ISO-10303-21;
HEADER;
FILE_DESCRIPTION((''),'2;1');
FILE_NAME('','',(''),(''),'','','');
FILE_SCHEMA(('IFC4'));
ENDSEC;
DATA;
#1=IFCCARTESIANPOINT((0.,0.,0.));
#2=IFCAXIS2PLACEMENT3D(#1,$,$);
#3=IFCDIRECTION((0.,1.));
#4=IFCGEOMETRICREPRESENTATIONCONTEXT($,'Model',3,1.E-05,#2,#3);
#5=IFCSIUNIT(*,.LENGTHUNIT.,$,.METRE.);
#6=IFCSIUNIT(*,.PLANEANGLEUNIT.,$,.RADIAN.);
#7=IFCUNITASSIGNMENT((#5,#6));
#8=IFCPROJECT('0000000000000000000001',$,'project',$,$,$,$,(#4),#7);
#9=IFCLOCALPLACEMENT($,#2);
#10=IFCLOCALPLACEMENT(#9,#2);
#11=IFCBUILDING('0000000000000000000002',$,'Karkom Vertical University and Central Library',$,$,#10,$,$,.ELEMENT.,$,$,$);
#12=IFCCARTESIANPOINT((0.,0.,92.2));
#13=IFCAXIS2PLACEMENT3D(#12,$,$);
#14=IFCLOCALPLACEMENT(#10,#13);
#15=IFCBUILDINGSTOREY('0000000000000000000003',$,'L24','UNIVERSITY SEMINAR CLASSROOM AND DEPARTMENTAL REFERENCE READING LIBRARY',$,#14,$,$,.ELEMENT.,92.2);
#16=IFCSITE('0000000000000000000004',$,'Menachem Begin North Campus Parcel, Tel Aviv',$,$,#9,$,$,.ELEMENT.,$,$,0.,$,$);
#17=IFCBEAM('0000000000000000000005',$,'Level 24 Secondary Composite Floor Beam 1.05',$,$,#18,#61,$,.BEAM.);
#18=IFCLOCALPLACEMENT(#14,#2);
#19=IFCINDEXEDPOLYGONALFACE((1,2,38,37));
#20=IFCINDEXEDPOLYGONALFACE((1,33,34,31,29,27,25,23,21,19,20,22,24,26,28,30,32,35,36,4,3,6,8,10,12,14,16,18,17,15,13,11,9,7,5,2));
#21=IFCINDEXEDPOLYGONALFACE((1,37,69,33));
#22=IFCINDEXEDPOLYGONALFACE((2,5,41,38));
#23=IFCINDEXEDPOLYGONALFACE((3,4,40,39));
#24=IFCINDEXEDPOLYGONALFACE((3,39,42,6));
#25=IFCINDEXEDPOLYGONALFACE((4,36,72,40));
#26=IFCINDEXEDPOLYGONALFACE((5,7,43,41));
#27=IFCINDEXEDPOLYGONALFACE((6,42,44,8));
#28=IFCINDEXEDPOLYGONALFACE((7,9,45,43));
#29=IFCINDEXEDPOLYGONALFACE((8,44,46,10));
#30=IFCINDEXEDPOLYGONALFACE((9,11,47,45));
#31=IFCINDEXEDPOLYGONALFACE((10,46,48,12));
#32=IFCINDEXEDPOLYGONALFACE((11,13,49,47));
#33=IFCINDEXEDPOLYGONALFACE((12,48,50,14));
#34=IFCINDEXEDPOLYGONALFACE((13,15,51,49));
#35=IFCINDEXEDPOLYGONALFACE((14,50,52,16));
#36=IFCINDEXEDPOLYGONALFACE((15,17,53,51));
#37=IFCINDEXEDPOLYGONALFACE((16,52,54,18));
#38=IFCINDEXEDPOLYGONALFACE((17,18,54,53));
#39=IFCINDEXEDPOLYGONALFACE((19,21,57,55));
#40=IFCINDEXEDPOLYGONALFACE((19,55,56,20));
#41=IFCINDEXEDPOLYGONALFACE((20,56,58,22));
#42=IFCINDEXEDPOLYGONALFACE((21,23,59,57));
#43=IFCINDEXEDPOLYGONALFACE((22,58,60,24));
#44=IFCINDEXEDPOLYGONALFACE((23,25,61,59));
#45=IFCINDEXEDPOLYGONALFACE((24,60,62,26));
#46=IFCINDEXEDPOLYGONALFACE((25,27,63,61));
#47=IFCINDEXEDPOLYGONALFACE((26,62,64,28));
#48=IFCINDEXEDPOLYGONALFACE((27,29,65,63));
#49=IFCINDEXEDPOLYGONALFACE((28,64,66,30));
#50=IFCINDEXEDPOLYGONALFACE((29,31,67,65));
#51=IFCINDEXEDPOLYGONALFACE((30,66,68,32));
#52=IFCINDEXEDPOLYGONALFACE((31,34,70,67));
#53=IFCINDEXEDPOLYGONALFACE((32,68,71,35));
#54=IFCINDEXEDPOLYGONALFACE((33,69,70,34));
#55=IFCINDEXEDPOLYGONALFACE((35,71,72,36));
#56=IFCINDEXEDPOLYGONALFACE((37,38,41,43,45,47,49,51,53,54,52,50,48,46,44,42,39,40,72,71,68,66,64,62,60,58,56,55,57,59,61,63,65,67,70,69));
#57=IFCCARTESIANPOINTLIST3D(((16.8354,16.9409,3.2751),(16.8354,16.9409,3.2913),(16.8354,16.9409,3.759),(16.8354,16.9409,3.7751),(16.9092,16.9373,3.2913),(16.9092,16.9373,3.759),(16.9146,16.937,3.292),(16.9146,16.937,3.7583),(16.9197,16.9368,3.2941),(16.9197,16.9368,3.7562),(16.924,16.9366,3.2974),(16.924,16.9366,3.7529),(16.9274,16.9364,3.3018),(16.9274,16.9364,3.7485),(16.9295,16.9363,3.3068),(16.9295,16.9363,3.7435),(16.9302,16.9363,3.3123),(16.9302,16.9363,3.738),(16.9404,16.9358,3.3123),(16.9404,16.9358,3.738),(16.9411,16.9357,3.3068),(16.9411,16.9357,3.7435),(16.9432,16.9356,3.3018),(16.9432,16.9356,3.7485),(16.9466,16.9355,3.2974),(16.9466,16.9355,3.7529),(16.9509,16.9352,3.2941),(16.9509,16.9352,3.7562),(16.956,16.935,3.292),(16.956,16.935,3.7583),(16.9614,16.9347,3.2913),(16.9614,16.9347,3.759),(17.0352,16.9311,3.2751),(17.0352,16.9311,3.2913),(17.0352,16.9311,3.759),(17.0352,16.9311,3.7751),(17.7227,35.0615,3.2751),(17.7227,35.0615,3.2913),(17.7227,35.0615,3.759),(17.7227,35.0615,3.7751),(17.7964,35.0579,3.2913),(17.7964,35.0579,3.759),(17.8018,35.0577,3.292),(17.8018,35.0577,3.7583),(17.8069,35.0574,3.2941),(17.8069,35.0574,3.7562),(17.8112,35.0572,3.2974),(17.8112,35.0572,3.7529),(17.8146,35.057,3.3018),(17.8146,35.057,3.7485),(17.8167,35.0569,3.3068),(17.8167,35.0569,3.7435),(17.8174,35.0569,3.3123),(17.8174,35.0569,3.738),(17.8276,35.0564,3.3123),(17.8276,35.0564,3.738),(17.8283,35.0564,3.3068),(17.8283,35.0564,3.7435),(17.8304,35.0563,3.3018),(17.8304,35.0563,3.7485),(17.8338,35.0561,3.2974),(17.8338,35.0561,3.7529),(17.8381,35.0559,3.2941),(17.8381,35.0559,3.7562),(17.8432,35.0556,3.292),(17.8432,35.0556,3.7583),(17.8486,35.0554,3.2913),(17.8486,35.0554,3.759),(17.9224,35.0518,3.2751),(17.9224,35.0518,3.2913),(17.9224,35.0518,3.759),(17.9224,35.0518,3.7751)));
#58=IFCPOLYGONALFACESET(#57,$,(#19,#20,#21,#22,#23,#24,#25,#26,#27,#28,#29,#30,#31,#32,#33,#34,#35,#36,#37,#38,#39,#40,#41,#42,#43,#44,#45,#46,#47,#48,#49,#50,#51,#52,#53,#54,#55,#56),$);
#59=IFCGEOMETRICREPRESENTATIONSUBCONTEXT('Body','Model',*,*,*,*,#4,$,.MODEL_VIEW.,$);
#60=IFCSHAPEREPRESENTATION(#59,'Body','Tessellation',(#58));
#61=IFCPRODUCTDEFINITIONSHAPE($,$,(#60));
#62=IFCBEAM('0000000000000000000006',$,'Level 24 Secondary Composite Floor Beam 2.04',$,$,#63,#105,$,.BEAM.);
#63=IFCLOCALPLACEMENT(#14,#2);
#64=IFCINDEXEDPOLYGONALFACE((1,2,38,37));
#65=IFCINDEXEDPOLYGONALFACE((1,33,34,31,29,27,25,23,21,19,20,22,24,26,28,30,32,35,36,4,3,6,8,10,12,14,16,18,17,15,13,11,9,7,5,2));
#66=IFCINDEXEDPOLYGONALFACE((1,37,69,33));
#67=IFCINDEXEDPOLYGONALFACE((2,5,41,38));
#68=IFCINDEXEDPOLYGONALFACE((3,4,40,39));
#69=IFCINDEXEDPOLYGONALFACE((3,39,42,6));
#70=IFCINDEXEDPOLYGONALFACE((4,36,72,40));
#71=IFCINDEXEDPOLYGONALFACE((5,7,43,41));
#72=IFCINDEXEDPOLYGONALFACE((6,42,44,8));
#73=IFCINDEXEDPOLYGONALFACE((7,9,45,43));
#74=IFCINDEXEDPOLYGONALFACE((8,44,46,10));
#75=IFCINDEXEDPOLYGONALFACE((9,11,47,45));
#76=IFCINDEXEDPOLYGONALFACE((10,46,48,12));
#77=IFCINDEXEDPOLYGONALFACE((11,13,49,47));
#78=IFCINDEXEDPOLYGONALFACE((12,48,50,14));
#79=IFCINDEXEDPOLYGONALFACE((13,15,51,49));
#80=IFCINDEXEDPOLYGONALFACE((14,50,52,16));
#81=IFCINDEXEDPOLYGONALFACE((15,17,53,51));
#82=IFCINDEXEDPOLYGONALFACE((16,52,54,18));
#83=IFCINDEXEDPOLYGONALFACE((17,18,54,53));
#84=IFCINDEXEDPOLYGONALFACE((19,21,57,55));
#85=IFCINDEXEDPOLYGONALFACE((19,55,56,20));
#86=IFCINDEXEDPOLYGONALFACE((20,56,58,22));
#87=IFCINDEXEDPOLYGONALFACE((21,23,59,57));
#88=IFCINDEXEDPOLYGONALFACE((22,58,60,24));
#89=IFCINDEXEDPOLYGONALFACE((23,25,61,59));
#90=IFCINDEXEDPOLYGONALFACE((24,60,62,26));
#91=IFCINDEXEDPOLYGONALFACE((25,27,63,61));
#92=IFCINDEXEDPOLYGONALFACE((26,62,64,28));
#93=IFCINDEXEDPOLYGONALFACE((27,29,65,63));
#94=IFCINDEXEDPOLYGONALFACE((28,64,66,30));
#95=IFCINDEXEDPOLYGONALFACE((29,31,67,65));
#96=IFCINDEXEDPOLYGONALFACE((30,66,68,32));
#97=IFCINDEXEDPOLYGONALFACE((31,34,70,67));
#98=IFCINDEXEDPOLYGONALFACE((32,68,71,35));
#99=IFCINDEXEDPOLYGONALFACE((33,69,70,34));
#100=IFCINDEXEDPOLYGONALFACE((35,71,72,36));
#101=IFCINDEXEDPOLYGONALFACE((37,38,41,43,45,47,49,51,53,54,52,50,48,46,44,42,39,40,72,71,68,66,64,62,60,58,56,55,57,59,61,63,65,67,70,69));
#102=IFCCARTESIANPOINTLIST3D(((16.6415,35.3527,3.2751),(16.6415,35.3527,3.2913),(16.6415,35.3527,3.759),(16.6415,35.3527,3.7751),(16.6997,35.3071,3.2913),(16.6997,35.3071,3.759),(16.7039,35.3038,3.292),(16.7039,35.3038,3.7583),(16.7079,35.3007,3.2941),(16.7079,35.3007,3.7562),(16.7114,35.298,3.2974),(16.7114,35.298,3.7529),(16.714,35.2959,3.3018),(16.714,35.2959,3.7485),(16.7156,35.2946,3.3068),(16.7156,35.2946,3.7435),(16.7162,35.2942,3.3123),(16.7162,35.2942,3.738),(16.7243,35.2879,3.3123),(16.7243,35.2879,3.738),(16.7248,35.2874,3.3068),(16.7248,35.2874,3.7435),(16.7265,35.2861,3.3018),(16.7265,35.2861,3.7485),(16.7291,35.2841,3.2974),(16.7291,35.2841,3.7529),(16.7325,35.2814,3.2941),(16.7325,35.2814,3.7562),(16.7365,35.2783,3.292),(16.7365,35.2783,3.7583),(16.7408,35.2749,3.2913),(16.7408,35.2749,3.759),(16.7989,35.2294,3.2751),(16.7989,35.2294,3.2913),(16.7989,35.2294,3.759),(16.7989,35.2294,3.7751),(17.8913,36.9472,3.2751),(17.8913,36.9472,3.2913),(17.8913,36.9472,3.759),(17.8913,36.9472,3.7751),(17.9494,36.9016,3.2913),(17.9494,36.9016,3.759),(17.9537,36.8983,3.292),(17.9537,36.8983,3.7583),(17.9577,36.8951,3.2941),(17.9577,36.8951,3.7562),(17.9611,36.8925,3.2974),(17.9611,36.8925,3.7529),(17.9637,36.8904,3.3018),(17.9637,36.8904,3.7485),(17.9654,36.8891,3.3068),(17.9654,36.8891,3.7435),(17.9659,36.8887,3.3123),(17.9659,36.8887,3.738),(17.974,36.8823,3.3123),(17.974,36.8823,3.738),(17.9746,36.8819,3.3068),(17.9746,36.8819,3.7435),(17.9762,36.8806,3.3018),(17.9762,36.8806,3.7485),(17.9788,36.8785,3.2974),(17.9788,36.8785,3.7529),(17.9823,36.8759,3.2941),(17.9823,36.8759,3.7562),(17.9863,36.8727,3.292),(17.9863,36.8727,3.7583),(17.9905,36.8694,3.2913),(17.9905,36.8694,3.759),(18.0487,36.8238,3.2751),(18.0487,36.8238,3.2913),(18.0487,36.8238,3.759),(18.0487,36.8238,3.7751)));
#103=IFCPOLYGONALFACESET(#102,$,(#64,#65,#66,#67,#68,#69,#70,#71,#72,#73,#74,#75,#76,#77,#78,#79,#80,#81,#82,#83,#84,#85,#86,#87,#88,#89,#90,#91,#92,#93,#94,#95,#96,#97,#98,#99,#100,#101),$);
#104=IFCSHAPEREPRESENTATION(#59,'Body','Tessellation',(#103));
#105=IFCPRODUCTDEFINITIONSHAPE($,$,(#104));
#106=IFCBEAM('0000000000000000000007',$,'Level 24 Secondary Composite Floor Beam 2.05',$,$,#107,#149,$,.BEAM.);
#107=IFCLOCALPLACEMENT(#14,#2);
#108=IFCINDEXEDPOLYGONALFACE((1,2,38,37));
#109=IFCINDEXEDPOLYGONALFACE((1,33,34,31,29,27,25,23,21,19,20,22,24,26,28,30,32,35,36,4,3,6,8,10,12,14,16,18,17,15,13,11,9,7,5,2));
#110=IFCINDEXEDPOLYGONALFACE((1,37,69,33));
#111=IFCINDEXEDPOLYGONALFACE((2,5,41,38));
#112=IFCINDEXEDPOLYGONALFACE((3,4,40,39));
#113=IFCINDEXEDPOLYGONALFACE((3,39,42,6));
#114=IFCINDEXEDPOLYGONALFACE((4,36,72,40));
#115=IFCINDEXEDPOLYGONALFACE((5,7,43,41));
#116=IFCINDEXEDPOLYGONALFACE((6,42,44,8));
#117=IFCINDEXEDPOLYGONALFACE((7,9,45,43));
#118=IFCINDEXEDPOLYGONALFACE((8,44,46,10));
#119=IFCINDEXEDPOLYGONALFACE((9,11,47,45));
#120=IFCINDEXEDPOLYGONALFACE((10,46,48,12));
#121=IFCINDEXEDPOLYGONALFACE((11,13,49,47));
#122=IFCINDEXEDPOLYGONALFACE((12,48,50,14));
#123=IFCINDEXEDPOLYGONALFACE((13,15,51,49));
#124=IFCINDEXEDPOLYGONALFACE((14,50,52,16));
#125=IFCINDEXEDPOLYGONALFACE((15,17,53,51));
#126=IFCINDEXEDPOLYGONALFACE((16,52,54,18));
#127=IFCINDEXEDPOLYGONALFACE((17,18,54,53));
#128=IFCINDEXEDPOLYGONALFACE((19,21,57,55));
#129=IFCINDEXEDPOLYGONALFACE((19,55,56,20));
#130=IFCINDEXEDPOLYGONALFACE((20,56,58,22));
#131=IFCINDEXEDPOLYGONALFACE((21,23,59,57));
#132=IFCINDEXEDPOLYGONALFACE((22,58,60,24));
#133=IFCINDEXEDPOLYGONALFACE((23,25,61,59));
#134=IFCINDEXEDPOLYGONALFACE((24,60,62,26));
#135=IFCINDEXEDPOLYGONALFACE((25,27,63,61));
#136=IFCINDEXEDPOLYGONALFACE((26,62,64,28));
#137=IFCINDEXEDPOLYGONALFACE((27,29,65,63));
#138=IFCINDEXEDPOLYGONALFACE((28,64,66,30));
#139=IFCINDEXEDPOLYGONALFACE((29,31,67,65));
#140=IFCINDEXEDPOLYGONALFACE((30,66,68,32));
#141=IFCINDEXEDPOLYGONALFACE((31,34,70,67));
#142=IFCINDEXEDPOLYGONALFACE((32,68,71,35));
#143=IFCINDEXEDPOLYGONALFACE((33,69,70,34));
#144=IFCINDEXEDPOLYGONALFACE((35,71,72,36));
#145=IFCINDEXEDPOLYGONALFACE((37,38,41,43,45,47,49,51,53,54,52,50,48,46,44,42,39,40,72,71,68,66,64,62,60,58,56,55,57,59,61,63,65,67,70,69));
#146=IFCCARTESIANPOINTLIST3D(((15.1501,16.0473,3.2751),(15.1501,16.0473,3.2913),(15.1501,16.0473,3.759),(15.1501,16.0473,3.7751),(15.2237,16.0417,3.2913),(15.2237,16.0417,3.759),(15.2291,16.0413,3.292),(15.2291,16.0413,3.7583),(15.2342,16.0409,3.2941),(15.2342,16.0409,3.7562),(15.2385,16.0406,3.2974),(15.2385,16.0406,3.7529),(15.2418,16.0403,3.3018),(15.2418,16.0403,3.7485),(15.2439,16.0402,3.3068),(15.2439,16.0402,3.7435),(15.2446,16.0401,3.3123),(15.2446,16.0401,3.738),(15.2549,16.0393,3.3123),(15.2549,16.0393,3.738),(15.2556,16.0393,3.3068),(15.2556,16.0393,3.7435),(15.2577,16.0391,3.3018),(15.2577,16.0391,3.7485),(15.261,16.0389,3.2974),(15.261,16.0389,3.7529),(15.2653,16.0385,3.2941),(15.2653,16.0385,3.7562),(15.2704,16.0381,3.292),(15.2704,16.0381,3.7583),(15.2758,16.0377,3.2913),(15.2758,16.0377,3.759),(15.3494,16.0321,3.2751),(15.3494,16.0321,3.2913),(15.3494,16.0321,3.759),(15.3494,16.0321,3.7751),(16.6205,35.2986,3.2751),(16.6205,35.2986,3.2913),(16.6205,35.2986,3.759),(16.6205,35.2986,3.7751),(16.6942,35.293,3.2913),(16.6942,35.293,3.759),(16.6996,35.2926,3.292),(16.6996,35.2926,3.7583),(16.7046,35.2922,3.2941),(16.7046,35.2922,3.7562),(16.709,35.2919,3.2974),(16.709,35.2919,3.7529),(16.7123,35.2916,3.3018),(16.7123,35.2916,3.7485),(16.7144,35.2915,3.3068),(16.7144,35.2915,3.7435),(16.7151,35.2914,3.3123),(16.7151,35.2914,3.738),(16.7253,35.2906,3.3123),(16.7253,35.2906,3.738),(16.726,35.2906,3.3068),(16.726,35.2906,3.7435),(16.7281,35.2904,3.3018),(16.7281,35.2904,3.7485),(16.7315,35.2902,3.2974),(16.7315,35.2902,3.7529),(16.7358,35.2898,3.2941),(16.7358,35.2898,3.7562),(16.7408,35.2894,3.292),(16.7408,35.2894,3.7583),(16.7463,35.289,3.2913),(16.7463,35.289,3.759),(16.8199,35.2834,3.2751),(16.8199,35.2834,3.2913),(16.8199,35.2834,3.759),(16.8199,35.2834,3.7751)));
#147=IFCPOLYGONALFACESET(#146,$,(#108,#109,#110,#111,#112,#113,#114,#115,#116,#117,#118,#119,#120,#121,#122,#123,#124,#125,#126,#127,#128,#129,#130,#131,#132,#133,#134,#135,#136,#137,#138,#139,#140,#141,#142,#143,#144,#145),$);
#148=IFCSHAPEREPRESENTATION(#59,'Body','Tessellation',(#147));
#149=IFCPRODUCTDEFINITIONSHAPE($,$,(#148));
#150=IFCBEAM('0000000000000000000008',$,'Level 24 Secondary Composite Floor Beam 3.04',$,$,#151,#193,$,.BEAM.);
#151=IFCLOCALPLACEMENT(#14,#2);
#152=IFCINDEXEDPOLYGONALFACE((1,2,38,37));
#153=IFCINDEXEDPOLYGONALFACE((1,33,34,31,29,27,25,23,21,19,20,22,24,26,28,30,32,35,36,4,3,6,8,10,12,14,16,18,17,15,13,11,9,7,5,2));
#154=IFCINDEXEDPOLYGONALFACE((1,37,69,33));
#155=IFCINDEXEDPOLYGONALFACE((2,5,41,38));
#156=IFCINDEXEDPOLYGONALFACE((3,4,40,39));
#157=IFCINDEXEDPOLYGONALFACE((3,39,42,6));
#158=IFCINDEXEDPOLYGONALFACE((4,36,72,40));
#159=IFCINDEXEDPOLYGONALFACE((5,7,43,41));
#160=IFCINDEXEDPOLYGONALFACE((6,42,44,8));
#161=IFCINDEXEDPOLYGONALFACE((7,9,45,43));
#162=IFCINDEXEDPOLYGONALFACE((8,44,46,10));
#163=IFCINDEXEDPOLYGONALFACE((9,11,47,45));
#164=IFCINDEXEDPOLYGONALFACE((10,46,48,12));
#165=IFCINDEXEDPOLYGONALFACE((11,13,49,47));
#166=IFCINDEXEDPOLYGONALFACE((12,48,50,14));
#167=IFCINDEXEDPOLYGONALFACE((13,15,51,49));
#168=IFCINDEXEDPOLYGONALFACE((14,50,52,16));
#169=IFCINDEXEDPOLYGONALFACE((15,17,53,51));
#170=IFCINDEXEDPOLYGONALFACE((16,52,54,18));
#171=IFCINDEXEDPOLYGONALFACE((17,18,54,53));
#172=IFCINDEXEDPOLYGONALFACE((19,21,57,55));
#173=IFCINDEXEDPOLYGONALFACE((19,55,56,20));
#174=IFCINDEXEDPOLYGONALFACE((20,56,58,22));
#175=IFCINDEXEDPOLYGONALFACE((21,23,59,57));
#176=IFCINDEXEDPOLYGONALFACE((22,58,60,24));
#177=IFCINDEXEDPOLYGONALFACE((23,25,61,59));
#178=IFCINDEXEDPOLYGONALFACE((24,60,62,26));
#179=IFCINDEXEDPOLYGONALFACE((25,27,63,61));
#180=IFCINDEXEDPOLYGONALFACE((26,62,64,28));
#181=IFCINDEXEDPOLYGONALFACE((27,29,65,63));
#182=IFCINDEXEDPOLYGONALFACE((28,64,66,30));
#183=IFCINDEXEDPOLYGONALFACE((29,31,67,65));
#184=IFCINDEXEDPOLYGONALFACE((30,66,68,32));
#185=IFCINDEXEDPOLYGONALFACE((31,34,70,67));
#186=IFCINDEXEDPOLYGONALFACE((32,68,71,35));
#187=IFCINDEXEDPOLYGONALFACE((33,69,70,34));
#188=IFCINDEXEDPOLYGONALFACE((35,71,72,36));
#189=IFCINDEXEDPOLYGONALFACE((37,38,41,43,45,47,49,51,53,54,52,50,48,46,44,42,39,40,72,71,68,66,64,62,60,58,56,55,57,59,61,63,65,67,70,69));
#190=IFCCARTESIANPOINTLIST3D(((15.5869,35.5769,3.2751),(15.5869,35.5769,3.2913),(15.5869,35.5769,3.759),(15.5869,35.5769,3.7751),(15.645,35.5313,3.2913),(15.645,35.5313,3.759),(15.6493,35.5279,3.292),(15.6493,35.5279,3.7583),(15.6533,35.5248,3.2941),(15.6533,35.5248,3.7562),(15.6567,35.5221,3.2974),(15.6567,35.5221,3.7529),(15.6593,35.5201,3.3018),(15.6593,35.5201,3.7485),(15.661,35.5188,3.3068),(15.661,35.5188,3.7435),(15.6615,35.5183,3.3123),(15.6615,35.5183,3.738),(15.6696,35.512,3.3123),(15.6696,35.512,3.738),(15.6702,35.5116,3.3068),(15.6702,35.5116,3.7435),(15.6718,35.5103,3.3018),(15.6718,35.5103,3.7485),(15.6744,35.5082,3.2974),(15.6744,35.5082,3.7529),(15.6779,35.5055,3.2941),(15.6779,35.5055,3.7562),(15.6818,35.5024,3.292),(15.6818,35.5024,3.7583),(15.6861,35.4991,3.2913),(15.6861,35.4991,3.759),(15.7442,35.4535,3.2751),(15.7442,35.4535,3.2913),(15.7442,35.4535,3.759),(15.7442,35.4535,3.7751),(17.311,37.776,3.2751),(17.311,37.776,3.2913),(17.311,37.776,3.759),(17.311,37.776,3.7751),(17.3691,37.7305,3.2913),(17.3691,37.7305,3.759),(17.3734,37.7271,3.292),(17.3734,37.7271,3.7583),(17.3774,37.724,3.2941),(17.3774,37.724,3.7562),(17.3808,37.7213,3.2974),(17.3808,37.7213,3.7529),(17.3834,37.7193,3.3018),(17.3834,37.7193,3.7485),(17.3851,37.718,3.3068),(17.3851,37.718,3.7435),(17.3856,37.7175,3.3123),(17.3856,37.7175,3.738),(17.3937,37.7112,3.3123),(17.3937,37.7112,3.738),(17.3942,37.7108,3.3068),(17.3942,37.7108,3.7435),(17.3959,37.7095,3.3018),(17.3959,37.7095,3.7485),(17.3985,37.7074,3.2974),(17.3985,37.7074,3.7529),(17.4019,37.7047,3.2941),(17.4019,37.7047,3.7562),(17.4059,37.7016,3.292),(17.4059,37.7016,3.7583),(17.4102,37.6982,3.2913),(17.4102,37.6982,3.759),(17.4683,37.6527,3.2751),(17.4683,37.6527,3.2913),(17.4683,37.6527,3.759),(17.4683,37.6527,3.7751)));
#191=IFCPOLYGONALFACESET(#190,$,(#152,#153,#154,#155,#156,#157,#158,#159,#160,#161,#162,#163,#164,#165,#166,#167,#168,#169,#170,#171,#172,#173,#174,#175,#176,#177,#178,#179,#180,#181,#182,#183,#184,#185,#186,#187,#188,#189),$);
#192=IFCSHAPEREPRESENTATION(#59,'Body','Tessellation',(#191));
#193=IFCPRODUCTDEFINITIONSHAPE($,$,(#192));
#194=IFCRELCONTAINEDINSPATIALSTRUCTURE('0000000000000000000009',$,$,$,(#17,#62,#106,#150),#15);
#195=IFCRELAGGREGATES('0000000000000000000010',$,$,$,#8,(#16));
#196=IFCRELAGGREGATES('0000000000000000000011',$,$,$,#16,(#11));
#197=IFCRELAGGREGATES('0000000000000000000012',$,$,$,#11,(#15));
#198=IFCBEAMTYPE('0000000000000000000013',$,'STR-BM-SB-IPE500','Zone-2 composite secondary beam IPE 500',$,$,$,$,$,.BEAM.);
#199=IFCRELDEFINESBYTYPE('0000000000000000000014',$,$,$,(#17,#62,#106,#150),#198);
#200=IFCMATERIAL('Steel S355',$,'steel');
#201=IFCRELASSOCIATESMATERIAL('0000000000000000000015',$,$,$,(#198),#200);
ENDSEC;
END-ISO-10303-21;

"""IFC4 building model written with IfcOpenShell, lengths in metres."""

from ifc_helpers import new_model, si_unit, direction, frame, origin, origin_with_axes, origin_2d, place, context, subcontext, project, spatial, i_section, extrude, source, transform, mapped, material, material_profile, profile_set, type_object, element, save


model = new_model("IFC4")

# Units and contexts
model_context = context("Model", 3, precision=1e-05, world=origin(), true_north=direction((0.0, 1.0)))
body_context = subcontext(model_context, "Body", "Model", "MODEL_VIEW")
ifc_project = project(units=[si_unit("LENGTHUNIT", "METRE"), si_unit("PLANEANGLEUNIT", "RADIAN")], contexts=[model_context])

# Site, building, storey
site_placement = place(None, origin())
site = spatial("IfcSite", under=ifc_project, at=site_placement, Name="Menachem Begin North Campus Parcel, Tel Aviv", CompositionType="ELEMENT", RefElevation=0.0)
building_placement = place(site_placement, origin())
building = spatial("IfcBuilding", under=site, at=building_placement, Name="Karkom Vertical University and Central Library", CompositionType="ELEMENT")
storey_placement = place(building_placement, frame((0.0, 0.0, 92.2)))
storey = spatial("IfcBuildingStorey", under=building, at=storey_placement, Name="L24", Description="UNIVERSITY SEMINAR CLASSROOM AND DEPARTMENTAL REFERENCE READING LIBRARY", CompositionType="ELEMENT", Elevation=92.2)

# Beams
ifc_material_1 = material(Name="Steel S355", Category="steel")
ifc_material_profile_1 = material_profile(ifc_material_1, i_section(OverallWidth=0.2, OverallDepth=0.5, WebThickness=0.0103, FlangeThickness=0.0161, FilletRadius=0.021, at=origin_2d()), Name="IPE 500")
ifc_profile_set_1 = profile_set([ifc_material_profile_1], Name="Steel S355")
beam_type_1 = type_object("IfcBeamType", Name="STR-BM-SB-IPE500", Description="Zone-2 composite secondary beam IPE 500", PredefinedType="BEAM", material=ifc_profile_set_1)
shared_shape_1 = source(origin_with_axes(), body_context, "Body", "SweptSolid", [
    extrude(i_section(OverallWidth=0.2, OverallDepth=0.5, WebThickness=0.0103, FlangeThickness=0.0161, FilletRadius=0.021, at=origin_2d()), origin(), (0.0, 0.0, 1.0), 18.1423),
])
beam_1_placement = place(storey_placement, frame((17.8225, 35.0566, 3.5251), z_axis=(-0.048903, -0.998804, 0.0), x_axis=(0.998804, -0.048903, 0.0)))
element("IfcBeam", 1, at=beam_1_placement, inside=storey, type_object=beam_type_1, Name="Level 24 Secondary Composite Floor Beam 1.05", PredefinedType="BEAM", context=body_context, shape_type="MappedRepresentation", body=[
    mapped(shared_shape_1, transform((0.0, 0.0, 0.0), scale=1.0)),
])
shared_shape_2 = source(origin_with_axes(), body_context, "Body", "SweptSolid", [
    extrude(i_section(OverallWidth=0.2, OverallDepth=0.5, WebThickness=0.0103, FlangeThickness=0.0161, FilletRadius=0.021, at=origin_2d()), origin(), (0.0, 0.0, 1.0), 2.0259),
])
beam_2_placement = place(storey_placement, frame((17.97, 36.8855, 3.5251), z_axis=(-0.61689, -0.78705, 0.0), x_axis=(0.78705, -0.61689, 0.0)))
element("IfcBeam", 2, at=beam_2_placement, inside=storey, type_object=beam_type_1, Name="Level 24 Secondary Composite Floor Beam 2.04", PredefinedType="BEAM", context=body_context, shape_type="MappedRepresentation", body=[
    mapped(shared_shape_2, transform((0.0, 0.0, 0.0), scale=1.0)),
])
shared_shape_3 = source(origin_with_axes(), body_context, "Body", "SweptSolid", [
    extrude(i_section(OverallWidth=0.2, OverallDepth=0.5, WebThickness=0.0103, FlangeThickness=0.0161, FilletRadius=0.021, at=origin_2d()), origin(), (0.0, 0.0, 1.0), 19.3074),
])
beam_3_placement = place(storey_placement, frame((16.7202, 35.291, 3.5251), z_axis=(-0.076161, -0.997096, 0.0), x_axis=(0.997096, -0.076161, 0.0)))
element("IfcBeam", 3, at=beam_3_placement, inside=storey, type_object=beam_type_1, Name="Level 24 Secondary Composite Floor Beam 2.05", PredefinedType="BEAM", context=body_context, shape_type="MappedRepresentation", body=[
    mapped(shared_shape_3, transform((0.0, 0.0, 0.0), scale=1.0)),
])
shared_shape_4 = source(origin_with_axes(), body_context, "Body", "SweptSolid", [
    extrude(i_section(OverallWidth=0.2, OverallDepth=0.5, WebThickness=0.0103, FlangeThickness=0.0161, FilletRadius=0.021, at=origin_2d()), origin(), (0.0, 0.0, 1.0), 2.7944),
])
beam_4_placement = place(storey_placement, frame((17.3896, 37.7144, 3.5251), z_axis=(-0.616972, -0.786985, 0.0), x_axis=(0.786985, -0.616972, 0.0)))
element("IfcBeam", 4, at=beam_4_placement, inside=storey, type_object=beam_type_1, Name="Level 24 Secondary Composite Floor Beam 3.04", PredefinedType="BEAM", context=body_context, shape_type="MappedRepresentation", body=[
    mapped(shared_shape_4, transform((0.0, 0.0, 0.0), scale=1.0)),
])

save(model, "model.ifc")
